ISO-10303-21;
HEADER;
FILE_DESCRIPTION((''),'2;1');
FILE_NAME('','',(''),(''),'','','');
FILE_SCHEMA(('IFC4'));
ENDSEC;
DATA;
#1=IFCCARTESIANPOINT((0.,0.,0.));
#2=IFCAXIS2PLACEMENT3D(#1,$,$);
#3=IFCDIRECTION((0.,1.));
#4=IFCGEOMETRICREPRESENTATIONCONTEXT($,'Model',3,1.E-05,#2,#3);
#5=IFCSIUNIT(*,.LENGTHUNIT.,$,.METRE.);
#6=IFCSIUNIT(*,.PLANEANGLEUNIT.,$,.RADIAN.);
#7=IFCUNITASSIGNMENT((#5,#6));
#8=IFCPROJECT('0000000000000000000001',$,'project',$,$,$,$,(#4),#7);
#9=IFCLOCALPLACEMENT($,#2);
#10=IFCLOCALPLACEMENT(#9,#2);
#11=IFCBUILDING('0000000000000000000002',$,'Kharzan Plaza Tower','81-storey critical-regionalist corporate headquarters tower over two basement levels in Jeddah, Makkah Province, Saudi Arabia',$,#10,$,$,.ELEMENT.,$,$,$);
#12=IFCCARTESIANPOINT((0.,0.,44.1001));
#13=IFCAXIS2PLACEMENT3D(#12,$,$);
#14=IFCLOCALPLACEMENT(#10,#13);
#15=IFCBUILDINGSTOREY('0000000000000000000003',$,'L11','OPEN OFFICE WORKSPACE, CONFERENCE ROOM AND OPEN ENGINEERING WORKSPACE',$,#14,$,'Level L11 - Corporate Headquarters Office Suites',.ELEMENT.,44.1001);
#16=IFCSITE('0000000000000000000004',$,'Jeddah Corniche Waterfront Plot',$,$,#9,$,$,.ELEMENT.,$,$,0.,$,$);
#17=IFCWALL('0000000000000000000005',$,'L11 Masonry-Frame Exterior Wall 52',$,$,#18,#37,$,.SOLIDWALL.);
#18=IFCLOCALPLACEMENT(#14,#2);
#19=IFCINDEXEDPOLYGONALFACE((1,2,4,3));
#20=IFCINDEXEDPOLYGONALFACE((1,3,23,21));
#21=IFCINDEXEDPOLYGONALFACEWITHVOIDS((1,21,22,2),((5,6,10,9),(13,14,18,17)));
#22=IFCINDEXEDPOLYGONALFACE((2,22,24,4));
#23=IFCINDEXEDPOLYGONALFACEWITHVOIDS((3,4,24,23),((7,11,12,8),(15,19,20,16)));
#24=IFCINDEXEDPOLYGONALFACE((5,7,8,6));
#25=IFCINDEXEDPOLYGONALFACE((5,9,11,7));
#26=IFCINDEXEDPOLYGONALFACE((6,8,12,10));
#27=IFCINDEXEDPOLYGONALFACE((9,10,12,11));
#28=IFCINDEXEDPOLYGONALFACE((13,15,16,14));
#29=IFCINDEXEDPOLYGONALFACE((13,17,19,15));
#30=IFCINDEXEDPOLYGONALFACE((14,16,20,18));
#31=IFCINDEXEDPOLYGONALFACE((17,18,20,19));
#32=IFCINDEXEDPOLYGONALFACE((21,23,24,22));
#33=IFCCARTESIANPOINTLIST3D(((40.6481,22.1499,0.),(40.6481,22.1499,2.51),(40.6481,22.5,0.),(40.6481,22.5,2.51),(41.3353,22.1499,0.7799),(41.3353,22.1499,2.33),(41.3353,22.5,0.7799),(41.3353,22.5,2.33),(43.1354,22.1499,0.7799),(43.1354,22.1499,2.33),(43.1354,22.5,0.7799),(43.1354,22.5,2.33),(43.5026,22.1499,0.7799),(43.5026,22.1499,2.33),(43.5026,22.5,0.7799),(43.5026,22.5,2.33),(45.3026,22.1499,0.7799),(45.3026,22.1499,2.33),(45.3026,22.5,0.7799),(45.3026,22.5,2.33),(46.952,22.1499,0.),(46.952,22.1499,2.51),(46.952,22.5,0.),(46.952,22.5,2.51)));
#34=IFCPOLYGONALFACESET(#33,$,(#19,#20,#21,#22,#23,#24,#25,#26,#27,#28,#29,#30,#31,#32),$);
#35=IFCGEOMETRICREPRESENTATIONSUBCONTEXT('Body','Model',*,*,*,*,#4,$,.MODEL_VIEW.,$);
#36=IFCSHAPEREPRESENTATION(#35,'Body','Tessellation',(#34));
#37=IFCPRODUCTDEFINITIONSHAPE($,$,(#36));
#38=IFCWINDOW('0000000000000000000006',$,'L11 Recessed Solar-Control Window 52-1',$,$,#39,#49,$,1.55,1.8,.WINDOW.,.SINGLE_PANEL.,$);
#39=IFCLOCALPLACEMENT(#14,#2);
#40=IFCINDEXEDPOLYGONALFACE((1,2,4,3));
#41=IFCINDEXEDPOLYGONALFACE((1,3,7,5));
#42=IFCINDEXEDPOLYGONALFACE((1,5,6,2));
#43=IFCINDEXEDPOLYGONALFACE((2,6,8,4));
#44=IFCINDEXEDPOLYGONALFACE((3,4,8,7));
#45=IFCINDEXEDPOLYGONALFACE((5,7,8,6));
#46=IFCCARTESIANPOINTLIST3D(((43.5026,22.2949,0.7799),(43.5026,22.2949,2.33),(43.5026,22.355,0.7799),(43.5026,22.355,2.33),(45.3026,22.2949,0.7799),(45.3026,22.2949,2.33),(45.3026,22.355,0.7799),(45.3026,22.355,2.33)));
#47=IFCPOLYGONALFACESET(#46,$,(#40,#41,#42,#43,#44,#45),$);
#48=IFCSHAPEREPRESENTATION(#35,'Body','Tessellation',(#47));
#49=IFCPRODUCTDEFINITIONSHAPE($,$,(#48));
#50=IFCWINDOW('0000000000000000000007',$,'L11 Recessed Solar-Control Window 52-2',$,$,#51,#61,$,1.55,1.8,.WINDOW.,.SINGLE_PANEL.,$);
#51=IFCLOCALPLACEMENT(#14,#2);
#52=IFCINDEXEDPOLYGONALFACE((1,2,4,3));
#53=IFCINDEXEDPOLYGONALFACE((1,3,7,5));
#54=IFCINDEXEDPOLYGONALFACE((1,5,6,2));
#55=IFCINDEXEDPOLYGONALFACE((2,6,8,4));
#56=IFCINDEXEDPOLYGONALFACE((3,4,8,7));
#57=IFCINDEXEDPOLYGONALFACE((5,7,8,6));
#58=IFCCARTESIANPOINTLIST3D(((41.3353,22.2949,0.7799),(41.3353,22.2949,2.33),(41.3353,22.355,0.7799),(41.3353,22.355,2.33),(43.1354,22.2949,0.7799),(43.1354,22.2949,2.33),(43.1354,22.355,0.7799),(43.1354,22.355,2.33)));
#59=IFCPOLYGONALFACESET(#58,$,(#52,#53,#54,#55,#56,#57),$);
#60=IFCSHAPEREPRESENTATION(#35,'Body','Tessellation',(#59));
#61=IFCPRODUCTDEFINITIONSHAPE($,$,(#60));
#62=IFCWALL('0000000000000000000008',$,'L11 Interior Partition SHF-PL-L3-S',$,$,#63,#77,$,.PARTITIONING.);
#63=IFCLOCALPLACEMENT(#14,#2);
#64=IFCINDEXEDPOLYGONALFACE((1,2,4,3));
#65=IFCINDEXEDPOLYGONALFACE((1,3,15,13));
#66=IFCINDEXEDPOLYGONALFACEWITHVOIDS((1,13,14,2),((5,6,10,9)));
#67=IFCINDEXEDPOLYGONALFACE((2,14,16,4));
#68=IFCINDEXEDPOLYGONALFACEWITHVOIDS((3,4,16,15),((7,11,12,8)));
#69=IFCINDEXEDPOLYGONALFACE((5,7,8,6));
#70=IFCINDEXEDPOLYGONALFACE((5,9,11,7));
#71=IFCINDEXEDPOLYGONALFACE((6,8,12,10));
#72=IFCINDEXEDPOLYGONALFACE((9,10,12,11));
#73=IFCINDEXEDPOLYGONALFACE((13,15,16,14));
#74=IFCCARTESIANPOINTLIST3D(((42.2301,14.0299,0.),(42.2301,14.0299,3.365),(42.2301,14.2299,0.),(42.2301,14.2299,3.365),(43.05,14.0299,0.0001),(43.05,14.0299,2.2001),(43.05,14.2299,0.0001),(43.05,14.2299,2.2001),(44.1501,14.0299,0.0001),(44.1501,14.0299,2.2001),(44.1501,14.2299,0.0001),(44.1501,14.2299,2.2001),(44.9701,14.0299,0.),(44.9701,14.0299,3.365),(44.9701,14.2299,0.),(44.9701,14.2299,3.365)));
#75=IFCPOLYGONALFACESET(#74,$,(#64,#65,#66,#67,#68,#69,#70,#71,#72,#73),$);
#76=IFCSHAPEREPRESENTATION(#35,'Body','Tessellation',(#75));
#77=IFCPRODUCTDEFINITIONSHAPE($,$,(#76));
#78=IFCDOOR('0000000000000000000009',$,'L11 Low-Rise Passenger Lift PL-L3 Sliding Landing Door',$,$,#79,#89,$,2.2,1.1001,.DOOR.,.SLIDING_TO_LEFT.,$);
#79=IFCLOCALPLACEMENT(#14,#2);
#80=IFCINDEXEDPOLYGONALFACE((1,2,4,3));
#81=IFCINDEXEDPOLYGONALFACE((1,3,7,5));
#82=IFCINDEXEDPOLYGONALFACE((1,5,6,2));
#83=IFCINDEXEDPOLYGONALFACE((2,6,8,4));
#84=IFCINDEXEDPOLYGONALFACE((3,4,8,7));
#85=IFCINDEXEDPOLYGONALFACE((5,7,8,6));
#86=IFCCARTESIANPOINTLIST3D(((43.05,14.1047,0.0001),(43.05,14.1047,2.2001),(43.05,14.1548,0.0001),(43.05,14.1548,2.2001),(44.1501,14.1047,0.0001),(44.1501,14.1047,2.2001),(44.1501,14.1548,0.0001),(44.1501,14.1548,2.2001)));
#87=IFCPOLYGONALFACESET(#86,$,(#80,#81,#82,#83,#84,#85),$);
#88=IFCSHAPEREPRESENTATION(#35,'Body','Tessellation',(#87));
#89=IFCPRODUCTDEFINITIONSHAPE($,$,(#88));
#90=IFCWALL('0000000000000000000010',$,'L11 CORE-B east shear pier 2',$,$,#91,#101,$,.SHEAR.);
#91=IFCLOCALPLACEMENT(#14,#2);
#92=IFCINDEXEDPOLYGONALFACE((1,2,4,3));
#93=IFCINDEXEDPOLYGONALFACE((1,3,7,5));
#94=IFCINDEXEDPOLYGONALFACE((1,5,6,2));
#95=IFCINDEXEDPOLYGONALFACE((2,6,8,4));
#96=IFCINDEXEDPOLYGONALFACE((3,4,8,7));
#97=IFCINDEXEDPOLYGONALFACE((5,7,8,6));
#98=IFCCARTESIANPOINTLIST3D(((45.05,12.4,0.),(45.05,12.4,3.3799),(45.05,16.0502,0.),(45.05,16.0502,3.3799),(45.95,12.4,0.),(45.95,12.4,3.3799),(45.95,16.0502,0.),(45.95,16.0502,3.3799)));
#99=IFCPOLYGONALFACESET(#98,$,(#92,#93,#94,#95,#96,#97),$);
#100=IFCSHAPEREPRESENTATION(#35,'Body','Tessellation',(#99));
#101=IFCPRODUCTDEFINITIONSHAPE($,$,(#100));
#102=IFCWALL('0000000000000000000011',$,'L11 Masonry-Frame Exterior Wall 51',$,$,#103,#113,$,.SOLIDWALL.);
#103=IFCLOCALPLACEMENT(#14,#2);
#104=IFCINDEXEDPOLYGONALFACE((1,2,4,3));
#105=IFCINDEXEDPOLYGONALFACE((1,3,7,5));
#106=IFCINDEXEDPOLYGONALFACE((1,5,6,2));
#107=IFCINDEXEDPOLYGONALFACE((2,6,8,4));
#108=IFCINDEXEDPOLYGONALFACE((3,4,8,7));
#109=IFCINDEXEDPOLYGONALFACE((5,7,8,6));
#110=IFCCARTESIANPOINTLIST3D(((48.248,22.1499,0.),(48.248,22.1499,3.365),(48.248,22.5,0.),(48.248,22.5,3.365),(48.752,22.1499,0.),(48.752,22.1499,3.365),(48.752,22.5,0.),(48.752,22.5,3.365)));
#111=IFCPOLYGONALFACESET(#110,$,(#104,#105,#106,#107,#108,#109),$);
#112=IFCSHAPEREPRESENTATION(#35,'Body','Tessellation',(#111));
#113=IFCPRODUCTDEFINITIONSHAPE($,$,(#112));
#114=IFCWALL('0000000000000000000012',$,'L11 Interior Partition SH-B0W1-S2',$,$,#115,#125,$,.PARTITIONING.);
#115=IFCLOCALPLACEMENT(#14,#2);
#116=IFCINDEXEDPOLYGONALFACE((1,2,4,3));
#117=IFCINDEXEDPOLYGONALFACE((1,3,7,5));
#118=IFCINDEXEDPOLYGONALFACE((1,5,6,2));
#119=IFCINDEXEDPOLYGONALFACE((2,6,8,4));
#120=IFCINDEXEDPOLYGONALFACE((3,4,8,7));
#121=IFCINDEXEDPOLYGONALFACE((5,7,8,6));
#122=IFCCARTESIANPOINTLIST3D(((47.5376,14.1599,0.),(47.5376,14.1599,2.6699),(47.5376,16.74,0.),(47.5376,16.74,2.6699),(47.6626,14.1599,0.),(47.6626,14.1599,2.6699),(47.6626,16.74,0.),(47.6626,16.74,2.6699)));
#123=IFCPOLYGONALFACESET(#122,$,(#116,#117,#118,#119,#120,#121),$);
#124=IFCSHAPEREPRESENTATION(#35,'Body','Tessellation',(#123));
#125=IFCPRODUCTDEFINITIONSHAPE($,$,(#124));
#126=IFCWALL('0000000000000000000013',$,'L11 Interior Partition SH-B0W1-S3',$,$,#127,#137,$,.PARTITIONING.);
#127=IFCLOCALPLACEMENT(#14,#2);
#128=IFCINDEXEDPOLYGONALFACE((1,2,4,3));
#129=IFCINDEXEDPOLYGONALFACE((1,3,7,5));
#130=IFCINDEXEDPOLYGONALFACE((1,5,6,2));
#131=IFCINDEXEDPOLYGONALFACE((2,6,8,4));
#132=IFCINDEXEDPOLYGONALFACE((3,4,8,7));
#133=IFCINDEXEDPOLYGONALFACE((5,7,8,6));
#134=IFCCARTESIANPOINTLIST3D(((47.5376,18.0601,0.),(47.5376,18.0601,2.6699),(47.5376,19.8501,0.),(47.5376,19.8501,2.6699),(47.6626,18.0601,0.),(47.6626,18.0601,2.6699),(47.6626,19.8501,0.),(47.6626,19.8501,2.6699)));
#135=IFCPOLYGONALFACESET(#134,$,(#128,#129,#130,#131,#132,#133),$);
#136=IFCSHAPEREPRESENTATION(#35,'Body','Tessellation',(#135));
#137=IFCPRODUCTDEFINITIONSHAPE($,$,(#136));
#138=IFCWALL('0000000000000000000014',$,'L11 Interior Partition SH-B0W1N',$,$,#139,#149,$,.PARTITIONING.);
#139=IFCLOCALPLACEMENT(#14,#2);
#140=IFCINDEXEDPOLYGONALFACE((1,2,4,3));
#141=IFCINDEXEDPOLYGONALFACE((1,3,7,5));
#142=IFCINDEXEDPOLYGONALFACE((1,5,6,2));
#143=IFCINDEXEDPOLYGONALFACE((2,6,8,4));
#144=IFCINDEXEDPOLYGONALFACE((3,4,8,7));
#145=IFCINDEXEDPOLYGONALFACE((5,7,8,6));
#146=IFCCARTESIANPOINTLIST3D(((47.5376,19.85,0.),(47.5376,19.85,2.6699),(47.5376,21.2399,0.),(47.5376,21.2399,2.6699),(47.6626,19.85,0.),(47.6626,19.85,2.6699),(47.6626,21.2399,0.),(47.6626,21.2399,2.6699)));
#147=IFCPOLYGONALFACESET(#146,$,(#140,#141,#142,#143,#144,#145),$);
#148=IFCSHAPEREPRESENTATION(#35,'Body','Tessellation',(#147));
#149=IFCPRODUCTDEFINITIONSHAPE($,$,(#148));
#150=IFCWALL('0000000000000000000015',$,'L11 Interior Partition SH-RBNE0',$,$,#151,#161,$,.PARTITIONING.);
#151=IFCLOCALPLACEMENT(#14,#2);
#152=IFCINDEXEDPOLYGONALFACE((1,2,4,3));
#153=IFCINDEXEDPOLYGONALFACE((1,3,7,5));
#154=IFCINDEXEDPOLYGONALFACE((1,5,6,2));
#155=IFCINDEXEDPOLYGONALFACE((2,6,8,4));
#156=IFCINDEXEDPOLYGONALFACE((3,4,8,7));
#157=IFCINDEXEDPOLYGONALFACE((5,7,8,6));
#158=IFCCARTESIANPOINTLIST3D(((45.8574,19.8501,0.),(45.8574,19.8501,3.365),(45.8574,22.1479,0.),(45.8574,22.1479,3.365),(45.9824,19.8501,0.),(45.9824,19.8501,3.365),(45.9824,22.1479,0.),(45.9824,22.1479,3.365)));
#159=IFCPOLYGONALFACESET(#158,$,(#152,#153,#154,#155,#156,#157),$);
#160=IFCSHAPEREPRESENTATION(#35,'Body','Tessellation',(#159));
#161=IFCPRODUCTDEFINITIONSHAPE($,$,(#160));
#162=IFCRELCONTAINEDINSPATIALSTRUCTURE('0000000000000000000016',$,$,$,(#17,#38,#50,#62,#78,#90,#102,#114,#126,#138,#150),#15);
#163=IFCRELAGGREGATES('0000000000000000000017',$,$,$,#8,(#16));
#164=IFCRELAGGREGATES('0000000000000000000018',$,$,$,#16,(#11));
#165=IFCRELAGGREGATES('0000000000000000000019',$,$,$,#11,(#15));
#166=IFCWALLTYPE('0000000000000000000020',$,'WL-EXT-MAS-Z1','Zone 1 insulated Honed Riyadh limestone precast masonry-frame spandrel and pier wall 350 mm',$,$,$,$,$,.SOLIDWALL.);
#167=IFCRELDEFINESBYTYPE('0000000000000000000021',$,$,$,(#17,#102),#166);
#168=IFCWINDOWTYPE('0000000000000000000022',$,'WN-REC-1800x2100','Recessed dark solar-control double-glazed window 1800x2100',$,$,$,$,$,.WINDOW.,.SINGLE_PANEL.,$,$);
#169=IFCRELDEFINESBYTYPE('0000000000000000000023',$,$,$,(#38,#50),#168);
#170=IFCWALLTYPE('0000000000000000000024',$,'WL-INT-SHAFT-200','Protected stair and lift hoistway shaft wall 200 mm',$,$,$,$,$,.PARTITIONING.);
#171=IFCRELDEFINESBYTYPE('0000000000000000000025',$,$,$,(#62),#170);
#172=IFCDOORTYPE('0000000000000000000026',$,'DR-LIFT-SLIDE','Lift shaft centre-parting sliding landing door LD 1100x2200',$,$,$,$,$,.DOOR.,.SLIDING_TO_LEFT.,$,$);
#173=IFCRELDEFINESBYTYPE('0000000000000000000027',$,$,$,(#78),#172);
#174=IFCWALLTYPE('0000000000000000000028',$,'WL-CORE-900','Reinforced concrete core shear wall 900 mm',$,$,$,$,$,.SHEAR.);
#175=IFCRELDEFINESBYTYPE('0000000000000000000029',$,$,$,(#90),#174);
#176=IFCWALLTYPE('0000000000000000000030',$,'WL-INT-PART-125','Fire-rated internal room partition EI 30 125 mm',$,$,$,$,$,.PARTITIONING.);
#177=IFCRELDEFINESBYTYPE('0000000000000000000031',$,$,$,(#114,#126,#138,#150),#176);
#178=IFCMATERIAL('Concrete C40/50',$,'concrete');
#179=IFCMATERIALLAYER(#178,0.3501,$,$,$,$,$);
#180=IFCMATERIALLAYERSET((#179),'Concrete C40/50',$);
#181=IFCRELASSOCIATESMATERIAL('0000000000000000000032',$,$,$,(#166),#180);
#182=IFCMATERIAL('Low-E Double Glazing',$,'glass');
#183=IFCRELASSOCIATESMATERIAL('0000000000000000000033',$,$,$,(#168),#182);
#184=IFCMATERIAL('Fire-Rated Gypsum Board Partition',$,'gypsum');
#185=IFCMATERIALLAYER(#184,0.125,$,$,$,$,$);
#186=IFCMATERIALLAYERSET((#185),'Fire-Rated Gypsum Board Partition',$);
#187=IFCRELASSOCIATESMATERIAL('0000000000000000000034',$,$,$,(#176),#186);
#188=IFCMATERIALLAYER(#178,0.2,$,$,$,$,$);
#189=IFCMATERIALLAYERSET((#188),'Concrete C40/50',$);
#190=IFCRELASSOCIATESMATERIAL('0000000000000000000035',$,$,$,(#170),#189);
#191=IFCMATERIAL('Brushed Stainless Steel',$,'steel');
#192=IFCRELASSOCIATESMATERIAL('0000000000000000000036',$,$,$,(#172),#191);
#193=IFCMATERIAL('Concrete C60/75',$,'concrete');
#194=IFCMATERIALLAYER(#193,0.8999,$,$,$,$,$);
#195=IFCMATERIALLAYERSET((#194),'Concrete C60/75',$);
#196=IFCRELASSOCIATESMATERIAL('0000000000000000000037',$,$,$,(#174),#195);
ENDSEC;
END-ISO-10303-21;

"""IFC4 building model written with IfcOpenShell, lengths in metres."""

from ifc_helpers import new_model, si_unit, direction, frame, frame_2d, origin, place, context, subcontext, project, spatial, rectangle, extrude, source, transform, mapped, material, layer, layer_set, type_object, element, fill, save


model = new_model("IFC4")

# Units and contexts
model_context = context("Model", 3, precision=1e-05, world=origin(), true_north=direction((0.0, 1.0)))
body_context = subcontext(model_context, "Body", "Model", "MODEL_VIEW")
ifc_project = project(units=[si_unit("LENGTHUNIT", "METRE"), si_unit("PLANEANGLEUNIT", "RADIAN")], contexts=[model_context])

# Site, building, storey
site_placement = place(None, origin())
site = spatial("IfcSite", under=ifc_project, at=site_placement, Name="Jeddah Corniche Waterfront Plot", CompositionType="ELEMENT", RefElevation=0.0)
building_placement = place(site_placement, origin())
building = spatial("IfcBuilding", under=site, at=building_placement, Name="Kharzan Plaza Tower", Description="81-storey critical-regionalist corporate headquarters tower over two basement levels in Jeddah, Makkah Province, Saudi Arabia", CompositionType="ELEMENT")
storey_placement = place(building_placement, frame((0.0, 0.0, 44.1001)))
storey = spatial("IfcBuildingStorey", under=building, at=storey_placement, Name="L11", Description="OPEN OFFICE WORKSPACE, CONFERENCE ROOM AND OPEN ENGINEERING WORKSPACE", LongName="Level L11 - Corporate Headquarters Office Suites", CompositionType="ELEMENT", Elevation=44.1001)

# Shared definitions
ifc_material_1 = material(Name="Concrete C60/75", Category="concrete")

# Wall, openings, windows
ifc_material_2 = material(Name="Concrete C40/50", Category="concrete")
ifc_layer_1 = layer(ifc_material_2, 0.3501)
ifc_layer_set_1 = layer_set([ifc_layer_1], Name="Concrete C40/50")
wall_type_1 = type_object("IfcWallType", Name="WL-EXT-MAS-Z1", Description="Zone 1 insulated Honed Riyadh limestone precast masonry-frame spandrel and pier wall 350 mm", PredefinedType="SOLIDWALL", material=ifc_layer_set_1)
wall_1_placement = place(storey_placement, frame((46.9519, 22.325, 0.0), z_axis=(0.0, 0.0, 1.0), x_axis=(-1.0, 0.0, 0.0)))
wall_1 = element("IfcWall", 1, at=wall_1_placement, inside=storey, type_object=wall_type_1, Name="L11 Masonry-Frame Exterior Wall 52", PredefinedType="SOLIDWALL", context=body_context, shape_type="SweptSolid", body=[
    extrude(rectangle(XDim=6.304, YDim=0.3501, at=frame_2d((3.1519, 0.0))), origin(), (0.0, 0.0, 1.0), 2.51),
])
opening_1_placement = place(wall_1_placement, frame((1.6494, 0.0, 0.78)))
opening_1 = element("IfcOpeningElement", 2, at=opening_1_placement, cuts=wall_1, PredefinedType="OPENING", context=body_context, shape_type="SweptSolid", body=[
    extrude(rectangle(XDim=1.8, YDim=1.55, at=frame_2d((0.8999, 0.7749))), frame((0.0, 0.1851, 0.0), z_axis=(0.0, -1.0, 0.0), x_axis=(1.0, 0.0, 0.0)), (0.0, 0.0, 1.0), 0.3701),
])
opening_2_placement = place(wall_1_placement, frame((3.8167, 0.0, 0.78)))
opening_2 = element("IfcOpeningElement", 3, at=opening_2_placement, cuts=wall_1, PredefinedType="OPENING", context=body_context, shape_type="SweptSolid", body=[
    extrude(rectangle(XDim=1.8, YDim=1.55, at=frame_2d((0.8999, 0.7749))), frame((0.0, 0.1851, 0.0), z_axis=(0.0, -1.0, 0.0), x_axis=(1.0, 0.0, 0.0)), (0.0, 0.0, 1.0), 0.3701),
])
ifc_material_3 = material(Name="Low-E Double Glazing", Category="glass")
window_type = type_object("IfcWindowType", Name="WN-REC-1800x2100", Description="Recessed dark solar-control double-glazed window 1800x2100", PartitioningType="SINGLE_PANEL", PredefinedType="WINDOW", material=ifc_material_3)
shared_shape_1 = source(origin(), body_context, "Body", "SweptSolid", [
    extrude(rectangle(XDim=1.8, YDim=1.55, at=frame_2d((0.8999, 0.7749))), frame((0.0, 0.03, 0.0), z_axis=(0.0, -1.0, 0.0), x_axis=(1.0, 0.0, 0.0)), (0.0, 0.0, 1.0), 0.0601),
])
window_1_placement = place(opening_1_placement, origin())
window_1 = element("IfcWindow", 4, at=window_1_placement, inside=storey, type_object=window_type, Name="L11 Recessed Solar-Control Window 52-1", OverallHeight=1.55, OverallWidth=1.8, PartitioningType="SINGLE_PANEL", PredefinedType="WINDOW", context=body_context, shape_type="MappedRepresentation", body=[
    mapped(shared_shape_1, transform((0.0, 0.0, 0.0), x_axis=(1.0, 0.0, 0.0), y_axis=(0.0, 1.0, 0.0), z_axis=(0.0, 0.0, 1.0))),
])
fill(opening_1, window_1)
window_2_placement = place(opening_2_placement, origin())
window_2 = element("IfcWindow", 5, at=window_2_placement, inside=storey, type_object=window_type, Name="L11 Recessed Solar-Control Window 52-2", OverallHeight=1.55, OverallWidth=1.8, PartitioningType="SINGLE_PANEL", PredefinedType="WINDOW", context=body_context, shape_type="MappedRepresentation", body=[
    mapped(shared_shape_1, transform((0.0, 0.0, 0.0), x_axis=(1.0, 0.0, 0.0), y_axis=(0.0, 1.0, 0.0), z_axis=(0.0, 0.0, 1.0))),
])
fill(opening_2, window_2)

# Wall, opening, door
ifc_material_4 = material(Name="Fire-Rated Gypsum Board Partition", Category="gypsum")
ifc_layer_2 = layer(ifc_material_4, 0.125)
ifc_layer_set_2 = layer_set([ifc_layer_2], Name="Fire-Rated Gypsum Board Partition")
wall_type_2 = type_object("IfcWallType", Name="WL-INT-PART-125", Description="Fire-rated internal room partition EI 30 125 mm", PredefinedType="PARTITIONING", material=ifc_layer_set_2)
ifc_layer_3 = layer(ifc_material_2, 0.2)
ifc_layer_set_3 = layer_set([ifc_layer_3], Name="Concrete C40/50")
wall_type_3 = type_object("IfcWallType", Name="WL-INT-SHAFT-200", Description="Protected stair and lift hoistway shaft wall 200 mm", PredefinedType="PARTITIONING", material=ifc_layer_set_3)
wall_2_placement = place(storey_placement, frame((42.23, 14.1299, 0.0), z_axis=(0.0, 0.0, 1.0), x_axis=(1.0, 0.0, 0.0)))
wall_2 = element("IfcWall", 6, at=wall_2_placement, inside=storey, type_object=wall_type_3, Name="L11 Interior Partition SHF-PL-L3-S", PredefinedType="PARTITIONING", context=body_context, shape_type="SweptSolid", body=[
    extrude(rectangle(XDim=2.74, YDim=0.2, at=frame_2d((1.3701, 0.0))), origin(), (0.0, 0.0, 1.0), 3.365),
])
opening_3_placement = place(wall_2_placement, frame((0.8201, 0.0, 0.0)))
opening_3 = element("IfcOpeningElement", 7, at=opening_3_placement, cuts=wall_2, PredefinedType="OPENING", context=body_context, shape_type="SweptSolid", body=[
    extrude(rectangle(XDim=1.1001, YDim=2.2, at=frame_2d((0.55, 1.1001))), frame((0.0, 0.1099, 0.0), z_axis=(0.0, -1.0, 0.0), x_axis=(1.0, 0.0, 0.0)), (0.0, 0.0, 1.0), 0.22),
])
ifc_material_5 = material(Name="Brushed Stainless Steel", Category="steel")
door_type_1 = type_object("IfcDoorType", Name="DR-LIFT-SLIDE", Description="Lift shaft centre-parting sliding landing door LD 1100x2200", OperationType="SLIDING_TO_LEFT", PredefinedType="DOOR", material=ifc_material_5)
shared_shape_2 = source(origin(), body_context, "Body", "SweptSolid", [
    extrude(rectangle(XDim=1.1001, YDim=2.2, at=frame_2d((0.55, 1.1001))), frame((0.0, 0.0249, 0.0), z_axis=(0.0, -1.0, 0.0), x_axis=(1.0, 0.0, 0.0)), (0.0, 0.0, 1.0), 0.05),
])
door_1_placement = place(opening_3_placement, origin())
door_1 = element("IfcDoor", 8, at=door_1_placement, inside=storey, type_object=door_type_1, Name="L11 Low-Rise Passenger Lift PL-L3 Sliding Landing Door", OperationType="SLIDING_TO_LEFT", OverallHeight=2.2, OverallWidth=1.1001, PredefinedType="DOOR", context=body_context, shape_type="MappedRepresentation", body=[
    mapped(shared_shape_2, transform((0.0, 0.0, 0.0), x_axis=(1.0, 0.0, 0.0), y_axis=(0.0, 1.0, 0.0), z_axis=(0.0, 0.0, 1.0))),
])
fill(opening_3, door_1)

# Walls
ifc_layer_4 = layer(ifc_material_1, 0.8999)
ifc_layer_set_4 = layer_set([ifc_layer_4], Name="Concrete C60/75")
wall_type_4 = type_object("IfcWallType", Name="WL-CORE-900", Description="Reinforced concrete core shear wall 900 mm", PredefinedType="SHEAR", material=ifc_layer_set_4)
shared_shape_3 = source(origin(), body_context, "Body", "SweptSolid", [
    extrude(rectangle(XDim=3.6501, YDim=0.8999, at=frame_2d((1.8252, 0.0))), origin(), (0.0, 0.0, 1.0), 3.3799),
])
wall_3_placement = place(storey_placement, frame((45.5, 12.3999, 0.0), z_axis=(0.0, 0.0, 1.0), x_axis=(0.0, 1.0, 0.0)))
element("IfcWall", 9, at=wall_3_placement, inside=storey, type_object=wall_type_4, Name="L11 CORE-B east shear pier 2", PredefinedType="SHEAR", context=body_context, shape_type="MappedRepresentation", body=[
    mapped(shared_shape_3, transform((0.0, 0.0, 0.0), x_axis=(1.0, 0.0, 0.0), y_axis=(0.0, 1.0, 0.0), z_axis=(0.0, 0.0, 1.0))),
])
shared_shape_4 = source(origin(), body_context, "Body", "SweptSolid", [
    extrude(rectangle(XDim=0.5039, YDim=0.3501, at=frame_2d((0.252, 0.0))), origin(), (0.0, 0.0, 1.0), 3.365),
])
wall_4_placement = place(storey_placement, frame((48.752, 22.325, 0.0), z_axis=(0.0, 0.0, 1.0), x_axis=(-1.0, 0.0, 0.0)))
element("IfcWall", 10, at=wall_4_placement, inside=storey, type_object=wall_type_1, Name="L11 Masonry-Frame Exterior Wall 51", PredefinedType="SOLIDWALL", context=body_context, shape_type="MappedRepresentation", body=[
    mapped(shared_shape_4, transform((0.0, 0.0, 0.0), x_axis=(1.0, 0.0, 0.0), y_axis=(0.0, 1.0, 0.0), z_axis=(0.0, 0.0, 1.0))),
])
shared_shape_5 = source(origin(), body_context, "Body", "SweptSolid", [
    extrude(rectangle(XDim=2.5801, YDim=0.125, at=frame_2d((1.29, 0.0))), origin(), (0.0, 0.0, 1.0), 2.6699),
])
wall_5_placement = place(storey_placement, frame((47.6001, 14.1599, 0.0), z_axis=(0.0, 0.0, 1.0), x_axis=(0.0, 1.0, 0.0)))
element("IfcWall", 11, at=wall_5_placement, inside=storey, type_object=wall_type_2, Name="L11 Interior Partition SH-B0W1-S2", PredefinedType="PARTITIONING", context=body_context, shape_type="MappedRepresentation", body=[
    mapped(shared_shape_5, transform((0.0, 0.0, 0.0), x_axis=(1.0, 0.0, 0.0), y_axis=(0.0, 1.0, 0.0), z_axis=(0.0, 0.0, 1.0))),
])
shared_shape_6 = source(origin(), body_context, "Body", "SweptSolid", [
    extrude(rectangle(XDim=1.79, YDim=0.125, at=frame_2d((0.895, 0.0))), origin(), (0.0, 0.0, 1.0), 2.6699),
])
wall_6_placement = place(storey_placement, frame((47.6001, 18.0601, 0.0), z_axis=(0.0, 0.0, 1.0), x_axis=(0.0, 1.0, 0.0)))
element("IfcWall", 12, at=wall_6_placement, inside=storey, type_object=wall_type_2, Name="L11 Interior Partition SH-B0W1-S3", PredefinedType="PARTITIONING", context=body_context, shape_type="MappedRepresentation", body=[
    mapped(shared_shape_6, transform((0.0, 0.0, 0.0), x_axis=(1.0, 0.0, 0.0), y_axis=(0.0, 1.0, 0.0), z_axis=(0.0, 0.0, 1.0))),
])
shared_shape_7 = source(origin(), body_context, "Body", "SweptSolid", [
    extrude(rectangle(XDim=1.3899, YDim=0.125, at=frame_2d((0.6948, 0.0))), origin(), (0.0, 0.0, 1.0), 2.6699),
])
wall_7_placement = place(storey_placement, frame((47.6001, 19.8501, 0.0), z_axis=(0.0, 0.0, 1.0), x_axis=(0.0, 1.0, 0.0)))
element("IfcWall", 13, at=wall_7_placement, inside=storey, type_object=wall_type_2, Name="L11 Interior Partition SH-B0W1N", PredefinedType="PARTITIONING", context=body_context, shape_type="MappedRepresentation", body=[
    mapped(shared_shape_7, transform((0.0, 0.0, 0.0), x_axis=(1.0, 0.0, 0.0), y_axis=(0.0, 1.0, 0.0), z_axis=(0.0, 0.0, 1.0))),
])
shared_shape_8 = source(origin(), body_context, "Body", "SweptSolid", [
    extrude(rectangle(XDim=2.2979, YDim=0.125, at=frame_2d((1.1489, 0.0))), origin(), (0.0, 0.0, 1.0), 3.365),
])
wall_8_placement = place(storey_placement, frame((45.9199, 19.8501, 0.0), z_axis=(0.0, 0.0, 1.0), x_axis=(0.0, 1.0, 0.0)))
element("IfcWall", 14, at=wall_8_placement, inside=storey, type_object=wall_type_2, Name="L11 Interior Partition SH-RBNE0", PredefinedType="PARTITIONING", context=body_context, shape_type="MappedRepresentation", body=[
    mapped(shared_shape_8, transform((0.0, 0.0, 0.0), x_axis=(1.0, 0.0, 0.0), y_axis=(0.0, 1.0, 0.0), z_axis=(0.0, 0.0, 1.0))),
])

save(model, "model.ifc")
